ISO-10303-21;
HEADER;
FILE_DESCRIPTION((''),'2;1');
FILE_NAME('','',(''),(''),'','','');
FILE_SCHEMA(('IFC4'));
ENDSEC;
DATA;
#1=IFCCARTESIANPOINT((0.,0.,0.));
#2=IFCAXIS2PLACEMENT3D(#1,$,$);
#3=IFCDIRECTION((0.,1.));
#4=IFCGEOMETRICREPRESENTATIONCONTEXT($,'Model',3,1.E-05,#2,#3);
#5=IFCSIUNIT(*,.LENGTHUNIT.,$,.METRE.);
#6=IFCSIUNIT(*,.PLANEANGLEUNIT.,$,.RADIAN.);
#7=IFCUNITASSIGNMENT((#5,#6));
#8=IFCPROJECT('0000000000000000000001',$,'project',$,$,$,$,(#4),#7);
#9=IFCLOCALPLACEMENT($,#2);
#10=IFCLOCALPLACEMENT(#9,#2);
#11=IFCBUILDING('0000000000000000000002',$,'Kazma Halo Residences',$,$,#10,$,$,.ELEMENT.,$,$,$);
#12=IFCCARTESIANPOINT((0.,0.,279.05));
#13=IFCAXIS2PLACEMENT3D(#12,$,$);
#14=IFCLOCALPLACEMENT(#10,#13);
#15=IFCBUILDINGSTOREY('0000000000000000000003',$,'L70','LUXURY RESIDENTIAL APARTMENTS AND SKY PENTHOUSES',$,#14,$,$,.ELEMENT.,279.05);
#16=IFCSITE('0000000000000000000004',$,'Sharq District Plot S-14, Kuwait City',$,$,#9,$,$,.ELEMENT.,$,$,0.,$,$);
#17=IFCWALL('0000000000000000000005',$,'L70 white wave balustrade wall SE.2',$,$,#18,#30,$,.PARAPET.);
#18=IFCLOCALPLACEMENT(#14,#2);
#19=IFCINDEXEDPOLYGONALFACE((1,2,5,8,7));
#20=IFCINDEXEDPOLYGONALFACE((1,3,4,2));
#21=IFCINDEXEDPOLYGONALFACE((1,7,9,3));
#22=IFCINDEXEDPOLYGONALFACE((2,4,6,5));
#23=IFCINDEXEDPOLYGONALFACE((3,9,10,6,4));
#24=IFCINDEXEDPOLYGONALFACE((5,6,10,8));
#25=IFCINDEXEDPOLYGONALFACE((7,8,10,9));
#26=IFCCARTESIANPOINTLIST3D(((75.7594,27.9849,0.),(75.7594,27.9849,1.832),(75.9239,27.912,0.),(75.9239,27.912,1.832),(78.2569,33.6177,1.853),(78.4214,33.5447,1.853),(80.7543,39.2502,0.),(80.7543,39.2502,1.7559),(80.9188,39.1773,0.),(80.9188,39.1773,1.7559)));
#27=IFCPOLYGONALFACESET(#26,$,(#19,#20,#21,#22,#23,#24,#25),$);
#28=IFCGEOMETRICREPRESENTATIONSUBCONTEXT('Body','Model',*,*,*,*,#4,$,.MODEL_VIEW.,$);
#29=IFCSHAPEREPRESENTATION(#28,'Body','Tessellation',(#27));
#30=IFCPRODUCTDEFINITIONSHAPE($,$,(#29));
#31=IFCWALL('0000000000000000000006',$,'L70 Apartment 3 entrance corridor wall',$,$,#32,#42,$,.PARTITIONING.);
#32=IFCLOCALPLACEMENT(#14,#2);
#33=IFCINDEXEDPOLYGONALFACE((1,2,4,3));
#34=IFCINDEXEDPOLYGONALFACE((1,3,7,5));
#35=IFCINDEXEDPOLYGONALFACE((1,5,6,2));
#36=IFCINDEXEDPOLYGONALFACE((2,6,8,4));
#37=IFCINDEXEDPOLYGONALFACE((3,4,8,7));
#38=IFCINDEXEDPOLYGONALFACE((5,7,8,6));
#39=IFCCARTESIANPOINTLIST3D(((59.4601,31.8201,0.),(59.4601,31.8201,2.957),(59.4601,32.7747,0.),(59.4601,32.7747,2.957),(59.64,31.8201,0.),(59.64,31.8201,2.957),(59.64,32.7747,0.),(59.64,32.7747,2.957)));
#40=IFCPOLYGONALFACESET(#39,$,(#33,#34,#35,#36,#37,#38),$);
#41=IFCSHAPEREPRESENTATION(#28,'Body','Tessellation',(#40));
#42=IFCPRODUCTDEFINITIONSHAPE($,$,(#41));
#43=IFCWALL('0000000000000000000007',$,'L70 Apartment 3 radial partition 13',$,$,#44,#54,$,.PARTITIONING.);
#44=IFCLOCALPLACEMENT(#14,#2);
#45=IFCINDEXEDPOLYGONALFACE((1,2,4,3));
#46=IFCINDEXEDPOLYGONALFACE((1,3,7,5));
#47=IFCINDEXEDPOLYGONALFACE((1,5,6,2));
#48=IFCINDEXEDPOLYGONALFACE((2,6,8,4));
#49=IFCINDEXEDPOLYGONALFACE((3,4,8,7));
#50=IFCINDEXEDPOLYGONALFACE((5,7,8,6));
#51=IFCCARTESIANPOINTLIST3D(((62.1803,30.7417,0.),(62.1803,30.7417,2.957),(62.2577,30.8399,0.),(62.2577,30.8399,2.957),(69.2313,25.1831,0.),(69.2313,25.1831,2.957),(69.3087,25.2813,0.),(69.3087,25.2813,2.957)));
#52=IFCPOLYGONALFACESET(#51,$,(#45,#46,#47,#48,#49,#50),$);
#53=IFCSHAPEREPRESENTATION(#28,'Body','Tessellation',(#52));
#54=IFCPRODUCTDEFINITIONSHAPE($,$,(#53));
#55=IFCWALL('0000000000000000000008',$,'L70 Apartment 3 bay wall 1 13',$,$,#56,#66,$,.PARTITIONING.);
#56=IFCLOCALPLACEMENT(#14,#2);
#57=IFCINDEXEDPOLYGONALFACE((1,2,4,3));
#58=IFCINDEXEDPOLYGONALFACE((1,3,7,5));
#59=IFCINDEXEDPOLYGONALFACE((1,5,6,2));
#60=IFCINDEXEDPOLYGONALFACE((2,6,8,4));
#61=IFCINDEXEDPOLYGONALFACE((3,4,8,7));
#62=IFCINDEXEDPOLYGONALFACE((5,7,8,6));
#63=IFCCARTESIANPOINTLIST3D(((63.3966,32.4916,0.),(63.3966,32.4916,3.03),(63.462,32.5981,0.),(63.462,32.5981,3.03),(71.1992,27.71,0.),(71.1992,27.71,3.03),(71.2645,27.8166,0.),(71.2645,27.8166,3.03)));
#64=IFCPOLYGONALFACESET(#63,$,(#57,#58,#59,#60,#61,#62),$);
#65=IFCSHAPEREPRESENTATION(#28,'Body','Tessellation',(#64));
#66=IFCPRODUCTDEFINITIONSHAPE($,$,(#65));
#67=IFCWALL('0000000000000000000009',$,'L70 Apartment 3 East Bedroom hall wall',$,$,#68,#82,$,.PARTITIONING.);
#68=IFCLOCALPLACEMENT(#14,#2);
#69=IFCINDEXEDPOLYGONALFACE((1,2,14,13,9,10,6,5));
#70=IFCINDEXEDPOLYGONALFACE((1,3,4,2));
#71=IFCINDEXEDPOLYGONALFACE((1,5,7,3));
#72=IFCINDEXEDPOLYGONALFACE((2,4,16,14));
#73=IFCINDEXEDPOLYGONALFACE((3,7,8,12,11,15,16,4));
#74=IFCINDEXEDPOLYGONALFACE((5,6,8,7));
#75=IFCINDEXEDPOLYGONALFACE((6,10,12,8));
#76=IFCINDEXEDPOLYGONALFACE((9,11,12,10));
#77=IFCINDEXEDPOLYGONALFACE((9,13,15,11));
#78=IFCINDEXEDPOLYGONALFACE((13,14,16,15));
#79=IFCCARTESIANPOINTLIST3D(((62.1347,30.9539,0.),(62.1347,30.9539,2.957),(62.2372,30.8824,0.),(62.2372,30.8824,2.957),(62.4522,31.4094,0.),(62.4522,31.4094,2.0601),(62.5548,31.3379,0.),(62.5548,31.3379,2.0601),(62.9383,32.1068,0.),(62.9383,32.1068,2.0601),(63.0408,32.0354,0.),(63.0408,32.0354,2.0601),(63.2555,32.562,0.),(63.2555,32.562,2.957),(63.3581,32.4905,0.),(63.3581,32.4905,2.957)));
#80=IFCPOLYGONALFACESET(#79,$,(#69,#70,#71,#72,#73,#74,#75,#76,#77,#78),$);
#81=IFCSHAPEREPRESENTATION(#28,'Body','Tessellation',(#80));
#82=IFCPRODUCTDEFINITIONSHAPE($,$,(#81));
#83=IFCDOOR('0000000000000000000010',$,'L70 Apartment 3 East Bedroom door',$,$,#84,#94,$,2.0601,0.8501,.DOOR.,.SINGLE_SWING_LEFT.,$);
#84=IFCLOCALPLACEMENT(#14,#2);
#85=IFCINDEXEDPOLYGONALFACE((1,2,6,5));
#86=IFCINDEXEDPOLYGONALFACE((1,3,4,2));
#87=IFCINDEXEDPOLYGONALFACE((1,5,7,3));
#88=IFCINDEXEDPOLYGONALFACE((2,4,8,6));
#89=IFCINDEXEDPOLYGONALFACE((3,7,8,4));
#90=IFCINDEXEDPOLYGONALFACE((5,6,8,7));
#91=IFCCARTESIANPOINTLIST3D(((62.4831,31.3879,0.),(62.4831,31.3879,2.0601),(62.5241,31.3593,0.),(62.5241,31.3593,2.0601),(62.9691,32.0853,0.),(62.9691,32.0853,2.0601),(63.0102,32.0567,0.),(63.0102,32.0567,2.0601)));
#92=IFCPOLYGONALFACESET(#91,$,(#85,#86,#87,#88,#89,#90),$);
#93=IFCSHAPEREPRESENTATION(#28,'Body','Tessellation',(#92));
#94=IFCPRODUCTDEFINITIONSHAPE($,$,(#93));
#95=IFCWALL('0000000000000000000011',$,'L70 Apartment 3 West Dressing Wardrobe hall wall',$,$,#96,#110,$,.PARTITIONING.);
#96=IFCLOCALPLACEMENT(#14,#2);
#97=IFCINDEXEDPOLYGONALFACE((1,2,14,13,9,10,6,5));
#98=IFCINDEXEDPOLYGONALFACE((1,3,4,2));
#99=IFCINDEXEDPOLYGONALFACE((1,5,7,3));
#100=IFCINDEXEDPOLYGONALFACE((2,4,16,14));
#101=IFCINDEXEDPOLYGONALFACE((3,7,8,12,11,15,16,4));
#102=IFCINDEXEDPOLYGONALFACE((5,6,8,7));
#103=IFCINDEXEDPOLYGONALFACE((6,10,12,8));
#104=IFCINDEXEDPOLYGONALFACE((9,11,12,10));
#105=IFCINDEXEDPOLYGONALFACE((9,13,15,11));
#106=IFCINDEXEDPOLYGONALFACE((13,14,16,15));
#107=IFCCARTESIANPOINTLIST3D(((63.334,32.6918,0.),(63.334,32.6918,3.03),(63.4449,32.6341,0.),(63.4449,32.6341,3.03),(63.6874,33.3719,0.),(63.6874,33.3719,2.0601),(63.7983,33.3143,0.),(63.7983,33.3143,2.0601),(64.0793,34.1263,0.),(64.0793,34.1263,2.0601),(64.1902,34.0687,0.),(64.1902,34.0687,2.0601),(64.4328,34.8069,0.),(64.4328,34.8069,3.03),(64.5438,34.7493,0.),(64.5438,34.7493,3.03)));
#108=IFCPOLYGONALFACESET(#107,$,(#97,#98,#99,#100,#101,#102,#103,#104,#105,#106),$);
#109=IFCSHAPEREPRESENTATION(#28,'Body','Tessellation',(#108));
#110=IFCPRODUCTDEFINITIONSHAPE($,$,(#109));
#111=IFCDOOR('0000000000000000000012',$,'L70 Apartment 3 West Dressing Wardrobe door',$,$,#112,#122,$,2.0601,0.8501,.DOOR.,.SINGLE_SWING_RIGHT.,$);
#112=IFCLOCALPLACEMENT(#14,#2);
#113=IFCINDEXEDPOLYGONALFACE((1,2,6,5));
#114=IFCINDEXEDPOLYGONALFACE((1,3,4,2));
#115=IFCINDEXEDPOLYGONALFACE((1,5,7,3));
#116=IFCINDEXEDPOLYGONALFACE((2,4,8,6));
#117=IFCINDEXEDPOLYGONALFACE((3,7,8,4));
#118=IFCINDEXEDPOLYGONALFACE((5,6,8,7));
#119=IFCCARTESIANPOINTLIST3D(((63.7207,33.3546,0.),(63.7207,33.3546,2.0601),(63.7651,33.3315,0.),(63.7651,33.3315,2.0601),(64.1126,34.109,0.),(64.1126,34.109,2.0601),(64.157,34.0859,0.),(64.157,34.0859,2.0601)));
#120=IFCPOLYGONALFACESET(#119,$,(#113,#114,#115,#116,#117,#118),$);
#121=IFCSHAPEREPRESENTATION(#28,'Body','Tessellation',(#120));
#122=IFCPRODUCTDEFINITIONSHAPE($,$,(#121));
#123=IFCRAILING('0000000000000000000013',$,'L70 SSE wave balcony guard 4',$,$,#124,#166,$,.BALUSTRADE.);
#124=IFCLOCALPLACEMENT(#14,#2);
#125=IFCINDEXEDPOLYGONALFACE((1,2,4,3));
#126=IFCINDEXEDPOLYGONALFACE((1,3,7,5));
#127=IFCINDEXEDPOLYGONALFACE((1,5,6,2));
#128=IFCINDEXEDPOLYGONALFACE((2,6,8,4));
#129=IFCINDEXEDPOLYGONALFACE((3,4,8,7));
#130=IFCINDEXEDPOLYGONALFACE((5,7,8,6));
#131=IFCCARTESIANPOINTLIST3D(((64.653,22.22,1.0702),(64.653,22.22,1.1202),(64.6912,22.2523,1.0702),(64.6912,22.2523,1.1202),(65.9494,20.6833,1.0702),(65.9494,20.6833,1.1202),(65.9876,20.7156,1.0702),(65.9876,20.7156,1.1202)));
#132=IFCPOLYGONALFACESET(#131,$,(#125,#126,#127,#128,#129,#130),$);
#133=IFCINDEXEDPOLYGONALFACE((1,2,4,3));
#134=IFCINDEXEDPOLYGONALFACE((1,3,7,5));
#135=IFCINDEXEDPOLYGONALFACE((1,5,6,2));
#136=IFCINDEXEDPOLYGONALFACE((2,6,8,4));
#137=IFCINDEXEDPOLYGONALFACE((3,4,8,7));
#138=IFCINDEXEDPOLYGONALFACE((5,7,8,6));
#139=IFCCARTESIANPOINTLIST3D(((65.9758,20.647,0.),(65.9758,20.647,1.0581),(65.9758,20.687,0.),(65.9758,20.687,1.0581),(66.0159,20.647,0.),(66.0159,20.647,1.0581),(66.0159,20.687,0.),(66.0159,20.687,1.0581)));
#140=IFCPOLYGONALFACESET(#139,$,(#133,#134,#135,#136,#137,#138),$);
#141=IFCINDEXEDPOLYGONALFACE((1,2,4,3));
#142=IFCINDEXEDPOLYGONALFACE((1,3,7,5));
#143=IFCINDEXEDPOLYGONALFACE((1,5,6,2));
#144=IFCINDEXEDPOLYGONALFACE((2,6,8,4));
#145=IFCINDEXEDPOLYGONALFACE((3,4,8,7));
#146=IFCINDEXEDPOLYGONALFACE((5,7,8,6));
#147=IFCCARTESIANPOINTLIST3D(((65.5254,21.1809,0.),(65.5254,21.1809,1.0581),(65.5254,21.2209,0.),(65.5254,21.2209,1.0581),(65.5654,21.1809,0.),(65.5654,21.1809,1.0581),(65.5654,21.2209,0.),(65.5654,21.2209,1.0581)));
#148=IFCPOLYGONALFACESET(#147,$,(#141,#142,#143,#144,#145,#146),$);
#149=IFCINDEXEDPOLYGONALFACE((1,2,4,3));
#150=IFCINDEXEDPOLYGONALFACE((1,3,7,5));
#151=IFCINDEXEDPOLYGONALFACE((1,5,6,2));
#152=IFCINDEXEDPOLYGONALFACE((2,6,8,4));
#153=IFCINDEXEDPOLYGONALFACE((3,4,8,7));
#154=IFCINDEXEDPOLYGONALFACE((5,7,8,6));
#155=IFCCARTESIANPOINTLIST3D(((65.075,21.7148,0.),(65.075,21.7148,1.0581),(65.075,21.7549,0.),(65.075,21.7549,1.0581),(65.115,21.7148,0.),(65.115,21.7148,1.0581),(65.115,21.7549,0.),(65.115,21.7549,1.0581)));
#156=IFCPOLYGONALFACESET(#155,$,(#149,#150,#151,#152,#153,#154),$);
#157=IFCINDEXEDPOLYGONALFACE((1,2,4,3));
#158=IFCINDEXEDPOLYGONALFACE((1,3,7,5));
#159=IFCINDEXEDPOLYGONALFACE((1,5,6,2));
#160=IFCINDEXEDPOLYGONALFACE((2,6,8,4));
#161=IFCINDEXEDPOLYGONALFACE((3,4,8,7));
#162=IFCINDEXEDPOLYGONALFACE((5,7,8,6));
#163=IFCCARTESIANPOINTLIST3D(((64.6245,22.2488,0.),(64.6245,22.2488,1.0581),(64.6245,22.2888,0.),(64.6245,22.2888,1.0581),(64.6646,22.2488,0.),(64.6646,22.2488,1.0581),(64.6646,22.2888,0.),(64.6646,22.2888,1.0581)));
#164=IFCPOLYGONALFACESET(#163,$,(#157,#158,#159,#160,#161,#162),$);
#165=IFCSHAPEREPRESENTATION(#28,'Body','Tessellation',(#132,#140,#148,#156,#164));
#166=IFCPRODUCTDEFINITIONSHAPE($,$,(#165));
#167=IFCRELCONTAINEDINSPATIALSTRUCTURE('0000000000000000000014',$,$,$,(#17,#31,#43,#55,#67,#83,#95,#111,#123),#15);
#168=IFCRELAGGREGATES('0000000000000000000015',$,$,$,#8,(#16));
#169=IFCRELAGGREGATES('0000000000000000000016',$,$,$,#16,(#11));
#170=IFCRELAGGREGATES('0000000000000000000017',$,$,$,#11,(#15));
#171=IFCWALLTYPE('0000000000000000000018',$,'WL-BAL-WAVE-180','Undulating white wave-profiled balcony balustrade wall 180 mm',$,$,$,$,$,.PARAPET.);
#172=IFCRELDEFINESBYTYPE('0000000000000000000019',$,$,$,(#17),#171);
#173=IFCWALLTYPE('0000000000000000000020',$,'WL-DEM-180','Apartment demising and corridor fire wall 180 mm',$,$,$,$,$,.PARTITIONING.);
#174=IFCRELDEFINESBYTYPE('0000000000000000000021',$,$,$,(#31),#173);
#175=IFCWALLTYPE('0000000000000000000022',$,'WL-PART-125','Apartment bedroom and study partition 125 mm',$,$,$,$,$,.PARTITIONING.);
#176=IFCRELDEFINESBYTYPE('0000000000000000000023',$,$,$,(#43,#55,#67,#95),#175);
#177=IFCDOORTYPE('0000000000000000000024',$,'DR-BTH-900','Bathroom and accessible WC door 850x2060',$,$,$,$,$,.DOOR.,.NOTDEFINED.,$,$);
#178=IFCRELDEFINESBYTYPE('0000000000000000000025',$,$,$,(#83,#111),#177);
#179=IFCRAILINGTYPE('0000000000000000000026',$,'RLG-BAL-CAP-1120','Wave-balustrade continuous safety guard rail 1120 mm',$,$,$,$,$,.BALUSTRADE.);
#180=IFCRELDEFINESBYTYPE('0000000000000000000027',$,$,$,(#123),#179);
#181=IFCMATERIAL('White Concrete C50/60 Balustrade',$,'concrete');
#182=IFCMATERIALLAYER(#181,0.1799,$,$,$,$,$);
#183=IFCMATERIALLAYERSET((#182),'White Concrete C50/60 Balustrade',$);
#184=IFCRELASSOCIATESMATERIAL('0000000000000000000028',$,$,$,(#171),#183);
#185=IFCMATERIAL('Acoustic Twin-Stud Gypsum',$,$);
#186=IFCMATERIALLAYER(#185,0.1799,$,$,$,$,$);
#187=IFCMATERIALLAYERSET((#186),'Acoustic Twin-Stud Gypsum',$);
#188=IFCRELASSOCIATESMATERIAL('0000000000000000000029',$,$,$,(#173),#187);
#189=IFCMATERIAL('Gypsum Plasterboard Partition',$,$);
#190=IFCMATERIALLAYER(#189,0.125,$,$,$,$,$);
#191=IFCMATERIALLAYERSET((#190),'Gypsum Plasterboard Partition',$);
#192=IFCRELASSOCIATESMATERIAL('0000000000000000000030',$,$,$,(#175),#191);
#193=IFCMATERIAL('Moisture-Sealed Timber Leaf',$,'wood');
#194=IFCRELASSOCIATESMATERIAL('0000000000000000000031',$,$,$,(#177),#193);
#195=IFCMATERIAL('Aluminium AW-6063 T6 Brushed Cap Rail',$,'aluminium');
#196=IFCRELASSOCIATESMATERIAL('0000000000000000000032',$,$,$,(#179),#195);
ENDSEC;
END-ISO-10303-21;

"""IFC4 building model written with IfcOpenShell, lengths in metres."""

from ifc_helpers import new_model, si_unit, direction, frame, frame_2d, origin, origin_2d, place, context, subcontext, project, spatial, polyline, rectangle, outline, extrude, material, layer, layer_set, type_object, element, fill, save


model = new_model("IFC4")

# Units and contexts
model_context = context("Model", 3, precision=1e-05, world=origin(), true_north=direction((0.0, 1.0)))
body_context = subcontext(model_context, "Body", "Model", "MODEL_VIEW")
ifc_project = project(units=[si_unit("LENGTHUNIT", "METRE"), si_unit("PLANEANGLEUNIT", "RADIAN")], contexts=[model_context])

# Site, building, storey
site_placement = place(None, origin())
site = spatial("IfcSite", under=ifc_project, at=site_placement, Name="Sharq District Plot S-14, Kuwait City", CompositionType="ELEMENT", RefElevation=0.0)
building_placement = place(site_placement, origin())
building = spatial("IfcBuilding", under=site, at=building_placement, Name="Kazma Halo Residences", CompositionType="ELEMENT")
storey_placement = place(building_placement, frame((0.0, 0.0, 279.05)))
storey = spatial("IfcBuildingStorey", under=building, at=storey_placement, Name="L70", Description="LUXURY RESIDENTIAL APARTMENTS AND SKY PENTHOUSES", CompositionType="ELEMENT", Elevation=279.05)

# Walls
ifc_material_1 = material(Name="White Concrete C50/60 Balustrade", Category="concrete")
ifc_layer_1 = layer(ifc_material_1, 0.1799)
ifc_layer_set_1 = layer_set([ifc_layer_1], Name="White Concrete C50/60 Balustrade")
wall_type_1 = type_object("IfcWallType", Name="WL-BAL-WAVE-180", Description="Undulating white wave-profiled balcony balustrade wall 180 mm", PredefinedType="PARAPET", material=ifc_layer_set_1)
wall_1_placement = place(storey_placement, frame((75.8416, 27.9485, 0.0), z_axis=(0.0, 0.0, 1.0), x_axis=(0.405328, 0.914171, 0.0)))
element("IfcWall", 1, at=wall_1_placement, inside=storey, type_object=wall_type_1, Name="L70 white wave balustrade wall SE.2", PredefinedType="PARAPET", context=body_context, shape_type="SweptSolid", body=[
    extrude(outline(polyline([(0.0, 0.0), (12.323, 0.0), (12.323, 1.7559), (6.1616, 1.853), (0.0, 1.832), (0.0, 0.0)])), frame((0.0, 0.0898, 0.0), z_axis=(0.0, -1.0, 0.0), x_axis=(1.0, 0.0, 0.0)), (0.0, 0.0, 1.0), 0.1799),
])
ifc_material_2 = material(Name="Acoustic Twin-Stud Gypsum")
ifc_layer_2 = layer(ifc_material_2, 0.1799)
ifc_layer_set_2 = layer_set([ifc_layer_2], Name="Acoustic Twin-Stud Gypsum")
wall_type_2 = type_object("IfcWallType", Name="WL-DEM-180", Description="Apartment demising and corridor fire wall 180 mm", PredefinedType="PARTITIONING", material=ifc_layer_set_2)
wall_2_placement = place(storey_placement, frame((59.55, 31.8201, 0.0), z_axis=(0.0, 0.0, 1.0), x_axis=(0.0, 1.0, 0.0)))
element("IfcWall", 2, at=wall_2_placement, inside=storey, type_object=wall_type_2, Name="L70 Apartment 3 entrance corridor wall", PredefinedType="PARTITIONING", context=body_context, shape_type="SweptSolid", body=[
    extrude(rectangle(XDim=0.9546, YDim=0.1799, at=frame_2d((0.4773, 0.0))), origin(), (0.0, 0.0, 1.0), 2.957),
])

# Walls
ifc_material_3 = material(Name="Gypsum Plasterboard Partition")
ifc_layer_3 = layer(ifc_material_3, 0.125)
ifc_layer_set_3 = layer_set([ifc_layer_3], Name="Gypsum Plasterboard Partition")
wall_type_3 = type_object("IfcWallType", Name="WL-PART-125", Description="Apartment bedroom and study partition 125 mm", PredefinedType="PARTITIONING", material=ifc_layer_set_3)
wall_3_placement = place(storey_placement, frame((62.219, 30.7908, 0.0), z_axis=(0.0, 0.0, 1.0), x_axis=(0.785316, -0.619095, 0.0)))
element("IfcWall", 3, at=wall_3_placement, inside=storey, type_object=wall_type_3, Name="L70 Apartment 3 radial partition 13", PredefinedType="PARTITIONING", context=body_context, shape_type="SweptSolid", body=[
    extrude(rectangle(XDim=8.9785, YDim=0.125, at=frame_2d((4.4893, 0.0))), origin(), (0.0, 0.0, 1.0), 2.957),
])
wall_4_placement = place(storey_placement, frame((63.4292, 32.5449, 0.0), z_axis=(0.0, 0.0, 1.0), x_axis=(0.852634, -0.522508, 0.0)))
element("IfcWall", 4, at=wall_4_placement, inside=storey, type_object=wall_type_3, Name="L70 Apartment 3 bay wall 1 13", PredefinedType="PARTITIONING", context=body_context, shape_type="SweptSolid", body=[
    extrude(rectangle(XDim=9.1511, YDim=0.125, at=frame_2d((4.5757, 0.0))), origin(), (0.0, 0.0, 1.0), 3.03),
])

# Walls, openings, doors
wall_5_placement = place(storey_placement, frame((62.186, 30.9182, 0.0), z_axis=(0.0, 0.0, 1.0), x_axis=(0.571798, 0.820395, 0.0)))
wall_5 = element("IfcWall", 5, at=wall_5_placement, inside=storey, type_object=wall_type_3, Name="L70 Apartment 3 East Bedroom hall wall", PredefinedType="PARTITIONING", context=body_context, shape_type="SweptSolid", body=[
    extrude(rectangle(XDim=1.9602, YDim=0.125, at=frame_2d((0.98, 0.0))), origin(), (0.0, 0.0, 1.0), 2.957),
])
opening_1_placement = place(wall_5_placement, frame((0.5552, 0.0, 0.0)))
opening_1 = element("IfcOpeningElement", 6, at=opening_1_placement, cuts=wall_5, PredefinedType="OPENING", context=body_context, shape_type="SweptSolid", body=[
    extrude(rectangle(XDim=0.8501, YDim=2.0601, at=frame_2d((0.425, 1.03))), frame((0.0, 0.0725, 0.0), z_axis=(0.0, -1.0, 0.0), x_axis=(1.0, 0.0, 0.0)), (0.0, 0.0, 1.0), 0.145),
])
ifc_material_4 = material(Name="Moisture-Sealed Timber Leaf", Category="wood")
door_type_1 = type_object("IfcDoorType", Name="DR-BTH-900", Description="Bathroom and accessible WC door 850x2060", OperationType="NOTDEFINED", PredefinedType="DOOR", material=ifc_material_4)
door_1_placement = place(opening_1_placement, origin())
door_1 = element("IfcDoor", 7, at=door_1_placement, inside=storey, type_object=door_type_1, Name="L70 Apartment 3 East Bedroom door", OperationType="SINGLE_SWING_LEFT", OverallHeight=2.0601, OverallWidth=0.8501, PredefinedType="DOOR", context=body_context, shape_type="SweptSolid", body=[
    extrude(rectangle(XDim=0.8501, YDim=2.0601, at=frame_2d((0.425, 1.03))), frame((0.0, 0.0249, 0.0), z_axis=(0.0, -1.0, 0.0), x_axis=(1.0, 0.0, 0.0)), (0.0, 0.0, 1.0), 0.05),
])
fill(opening_1, door_1)
wall_6_placement = place(storey_placement, frame((63.3894, 32.6628, 0.0), z_axis=(0.0, 0.0, 1.0), x_axis=(0.461008, 0.887396, 0.0)))
wall_6 = element("IfcWall", 8, at=wall_6_placement, inside=storey, type_object=wall_type_3, Name="L70 Apartment 3 West Dressing Wardrobe hall wall", PredefinedType="PARTITIONING", context=body_context, shape_type="SweptSolid", body=[
    extrude(rectangle(XDim=2.3835, YDim=0.125, at=frame_2d((1.1919, 0.0))), origin(), (0.0, 0.0, 1.0), 3.03),
])
opening_2_placement = place(wall_6_placement, frame((0.7666, 0.0, 0.0)))
opening_2 = element("IfcOpeningElement", 9, at=opening_2_placement, cuts=wall_6, PredefinedType="OPENING", context=body_context, shape_type="SweptSolid", body=[
    extrude(rectangle(XDim=0.8501, YDim=2.0601, at=frame_2d((0.425, 1.03))), frame((0.0, 0.0725, 0.0), z_axis=(0.0, -1.0, 0.0), x_axis=(1.0, 0.0, 0.0)), (0.0, 0.0, 1.0), 0.145),
])
door_2_placement = place(opening_2_placement, origin())
door_2 = element("IfcDoor", 10, at=door_2_placement, inside=storey, type_object=door_type_1, Name="L70 Apartment 3 West Dressing Wardrobe door", OperationType="SINGLE_SWING_RIGHT", OverallHeight=2.0601, OverallWidth=0.8501, PredefinedType="DOOR", context=body_context, shape_type="SweptSolid", body=[
    extrude(rectangle(XDim=0.8501, YDim=2.0601, at=frame_2d((0.425, 1.03))), frame((0.0, 0.0249, 0.0), z_axis=(0.0, -1.0, 0.0), x_axis=(1.0, 0.0, 0.0)), (0.0, 0.0, 1.0), 0.05),
])
fill(opening_2, door_2)

# Railing
ifc_material_5 = material(Name="Aluminium AW-6063 T6 Brushed Cap Rail", Category="aluminium")
railing_type = type_object("IfcRailingType", Name="RLG-BAL-CAP-1120", Description="Wave-balustrade continuous safety guard rail 1120 mm", PredefinedType="BALUSTRADE", material=ifc_material_5)
railing_1_placement = place(storey_placement, frame((65.9958, 20.667, 0.0)))
element("IfcRailing", 11, at=railing_1_placement, inside=storey, type_object=railing_type, Name="L70 SSE wave balcony guard 4", PredefinedType="BALUSTRADE", context=body_context, shape_type="SweptSolid", body=[
    extrude(rectangle(XDim=0.05, YDim=0.05, at=origin_2d()), frame((-0.0273, 0.0325, 1.0952), z_axis=(-0.644814, 0.76434, 0.0), x_axis=(-0.76434, -0.644814, 0.0)), (0.0, 0.0, 1.0), 2.0105),
    extrude(rectangle(XDim=0.04, YDim=0.04, at=origin_2d()), origin(), (0.0, 0.0, 1.0), 1.0581),
    extrude(rectangle(XDim=0.04, YDim=0.04, at=origin_2d()), frame((-0.4504, 0.5339, 0.0)), (0.0, 0.0, 1.0), 1.0581),
    extrude(rectangle(XDim=0.04, YDim=0.04, at=origin_2d()), frame((-0.9009, 1.0679, 0.0)), (0.0, 0.0, 1.0), 1.0581),
    extrude(rectangle(XDim=0.04, YDim=0.04, at=origin_2d()), frame((-1.3513, 1.6018, 0.0)), (0.0, 0.0, 1.0), 1.0581),
])

save(model, "model.ifc")
